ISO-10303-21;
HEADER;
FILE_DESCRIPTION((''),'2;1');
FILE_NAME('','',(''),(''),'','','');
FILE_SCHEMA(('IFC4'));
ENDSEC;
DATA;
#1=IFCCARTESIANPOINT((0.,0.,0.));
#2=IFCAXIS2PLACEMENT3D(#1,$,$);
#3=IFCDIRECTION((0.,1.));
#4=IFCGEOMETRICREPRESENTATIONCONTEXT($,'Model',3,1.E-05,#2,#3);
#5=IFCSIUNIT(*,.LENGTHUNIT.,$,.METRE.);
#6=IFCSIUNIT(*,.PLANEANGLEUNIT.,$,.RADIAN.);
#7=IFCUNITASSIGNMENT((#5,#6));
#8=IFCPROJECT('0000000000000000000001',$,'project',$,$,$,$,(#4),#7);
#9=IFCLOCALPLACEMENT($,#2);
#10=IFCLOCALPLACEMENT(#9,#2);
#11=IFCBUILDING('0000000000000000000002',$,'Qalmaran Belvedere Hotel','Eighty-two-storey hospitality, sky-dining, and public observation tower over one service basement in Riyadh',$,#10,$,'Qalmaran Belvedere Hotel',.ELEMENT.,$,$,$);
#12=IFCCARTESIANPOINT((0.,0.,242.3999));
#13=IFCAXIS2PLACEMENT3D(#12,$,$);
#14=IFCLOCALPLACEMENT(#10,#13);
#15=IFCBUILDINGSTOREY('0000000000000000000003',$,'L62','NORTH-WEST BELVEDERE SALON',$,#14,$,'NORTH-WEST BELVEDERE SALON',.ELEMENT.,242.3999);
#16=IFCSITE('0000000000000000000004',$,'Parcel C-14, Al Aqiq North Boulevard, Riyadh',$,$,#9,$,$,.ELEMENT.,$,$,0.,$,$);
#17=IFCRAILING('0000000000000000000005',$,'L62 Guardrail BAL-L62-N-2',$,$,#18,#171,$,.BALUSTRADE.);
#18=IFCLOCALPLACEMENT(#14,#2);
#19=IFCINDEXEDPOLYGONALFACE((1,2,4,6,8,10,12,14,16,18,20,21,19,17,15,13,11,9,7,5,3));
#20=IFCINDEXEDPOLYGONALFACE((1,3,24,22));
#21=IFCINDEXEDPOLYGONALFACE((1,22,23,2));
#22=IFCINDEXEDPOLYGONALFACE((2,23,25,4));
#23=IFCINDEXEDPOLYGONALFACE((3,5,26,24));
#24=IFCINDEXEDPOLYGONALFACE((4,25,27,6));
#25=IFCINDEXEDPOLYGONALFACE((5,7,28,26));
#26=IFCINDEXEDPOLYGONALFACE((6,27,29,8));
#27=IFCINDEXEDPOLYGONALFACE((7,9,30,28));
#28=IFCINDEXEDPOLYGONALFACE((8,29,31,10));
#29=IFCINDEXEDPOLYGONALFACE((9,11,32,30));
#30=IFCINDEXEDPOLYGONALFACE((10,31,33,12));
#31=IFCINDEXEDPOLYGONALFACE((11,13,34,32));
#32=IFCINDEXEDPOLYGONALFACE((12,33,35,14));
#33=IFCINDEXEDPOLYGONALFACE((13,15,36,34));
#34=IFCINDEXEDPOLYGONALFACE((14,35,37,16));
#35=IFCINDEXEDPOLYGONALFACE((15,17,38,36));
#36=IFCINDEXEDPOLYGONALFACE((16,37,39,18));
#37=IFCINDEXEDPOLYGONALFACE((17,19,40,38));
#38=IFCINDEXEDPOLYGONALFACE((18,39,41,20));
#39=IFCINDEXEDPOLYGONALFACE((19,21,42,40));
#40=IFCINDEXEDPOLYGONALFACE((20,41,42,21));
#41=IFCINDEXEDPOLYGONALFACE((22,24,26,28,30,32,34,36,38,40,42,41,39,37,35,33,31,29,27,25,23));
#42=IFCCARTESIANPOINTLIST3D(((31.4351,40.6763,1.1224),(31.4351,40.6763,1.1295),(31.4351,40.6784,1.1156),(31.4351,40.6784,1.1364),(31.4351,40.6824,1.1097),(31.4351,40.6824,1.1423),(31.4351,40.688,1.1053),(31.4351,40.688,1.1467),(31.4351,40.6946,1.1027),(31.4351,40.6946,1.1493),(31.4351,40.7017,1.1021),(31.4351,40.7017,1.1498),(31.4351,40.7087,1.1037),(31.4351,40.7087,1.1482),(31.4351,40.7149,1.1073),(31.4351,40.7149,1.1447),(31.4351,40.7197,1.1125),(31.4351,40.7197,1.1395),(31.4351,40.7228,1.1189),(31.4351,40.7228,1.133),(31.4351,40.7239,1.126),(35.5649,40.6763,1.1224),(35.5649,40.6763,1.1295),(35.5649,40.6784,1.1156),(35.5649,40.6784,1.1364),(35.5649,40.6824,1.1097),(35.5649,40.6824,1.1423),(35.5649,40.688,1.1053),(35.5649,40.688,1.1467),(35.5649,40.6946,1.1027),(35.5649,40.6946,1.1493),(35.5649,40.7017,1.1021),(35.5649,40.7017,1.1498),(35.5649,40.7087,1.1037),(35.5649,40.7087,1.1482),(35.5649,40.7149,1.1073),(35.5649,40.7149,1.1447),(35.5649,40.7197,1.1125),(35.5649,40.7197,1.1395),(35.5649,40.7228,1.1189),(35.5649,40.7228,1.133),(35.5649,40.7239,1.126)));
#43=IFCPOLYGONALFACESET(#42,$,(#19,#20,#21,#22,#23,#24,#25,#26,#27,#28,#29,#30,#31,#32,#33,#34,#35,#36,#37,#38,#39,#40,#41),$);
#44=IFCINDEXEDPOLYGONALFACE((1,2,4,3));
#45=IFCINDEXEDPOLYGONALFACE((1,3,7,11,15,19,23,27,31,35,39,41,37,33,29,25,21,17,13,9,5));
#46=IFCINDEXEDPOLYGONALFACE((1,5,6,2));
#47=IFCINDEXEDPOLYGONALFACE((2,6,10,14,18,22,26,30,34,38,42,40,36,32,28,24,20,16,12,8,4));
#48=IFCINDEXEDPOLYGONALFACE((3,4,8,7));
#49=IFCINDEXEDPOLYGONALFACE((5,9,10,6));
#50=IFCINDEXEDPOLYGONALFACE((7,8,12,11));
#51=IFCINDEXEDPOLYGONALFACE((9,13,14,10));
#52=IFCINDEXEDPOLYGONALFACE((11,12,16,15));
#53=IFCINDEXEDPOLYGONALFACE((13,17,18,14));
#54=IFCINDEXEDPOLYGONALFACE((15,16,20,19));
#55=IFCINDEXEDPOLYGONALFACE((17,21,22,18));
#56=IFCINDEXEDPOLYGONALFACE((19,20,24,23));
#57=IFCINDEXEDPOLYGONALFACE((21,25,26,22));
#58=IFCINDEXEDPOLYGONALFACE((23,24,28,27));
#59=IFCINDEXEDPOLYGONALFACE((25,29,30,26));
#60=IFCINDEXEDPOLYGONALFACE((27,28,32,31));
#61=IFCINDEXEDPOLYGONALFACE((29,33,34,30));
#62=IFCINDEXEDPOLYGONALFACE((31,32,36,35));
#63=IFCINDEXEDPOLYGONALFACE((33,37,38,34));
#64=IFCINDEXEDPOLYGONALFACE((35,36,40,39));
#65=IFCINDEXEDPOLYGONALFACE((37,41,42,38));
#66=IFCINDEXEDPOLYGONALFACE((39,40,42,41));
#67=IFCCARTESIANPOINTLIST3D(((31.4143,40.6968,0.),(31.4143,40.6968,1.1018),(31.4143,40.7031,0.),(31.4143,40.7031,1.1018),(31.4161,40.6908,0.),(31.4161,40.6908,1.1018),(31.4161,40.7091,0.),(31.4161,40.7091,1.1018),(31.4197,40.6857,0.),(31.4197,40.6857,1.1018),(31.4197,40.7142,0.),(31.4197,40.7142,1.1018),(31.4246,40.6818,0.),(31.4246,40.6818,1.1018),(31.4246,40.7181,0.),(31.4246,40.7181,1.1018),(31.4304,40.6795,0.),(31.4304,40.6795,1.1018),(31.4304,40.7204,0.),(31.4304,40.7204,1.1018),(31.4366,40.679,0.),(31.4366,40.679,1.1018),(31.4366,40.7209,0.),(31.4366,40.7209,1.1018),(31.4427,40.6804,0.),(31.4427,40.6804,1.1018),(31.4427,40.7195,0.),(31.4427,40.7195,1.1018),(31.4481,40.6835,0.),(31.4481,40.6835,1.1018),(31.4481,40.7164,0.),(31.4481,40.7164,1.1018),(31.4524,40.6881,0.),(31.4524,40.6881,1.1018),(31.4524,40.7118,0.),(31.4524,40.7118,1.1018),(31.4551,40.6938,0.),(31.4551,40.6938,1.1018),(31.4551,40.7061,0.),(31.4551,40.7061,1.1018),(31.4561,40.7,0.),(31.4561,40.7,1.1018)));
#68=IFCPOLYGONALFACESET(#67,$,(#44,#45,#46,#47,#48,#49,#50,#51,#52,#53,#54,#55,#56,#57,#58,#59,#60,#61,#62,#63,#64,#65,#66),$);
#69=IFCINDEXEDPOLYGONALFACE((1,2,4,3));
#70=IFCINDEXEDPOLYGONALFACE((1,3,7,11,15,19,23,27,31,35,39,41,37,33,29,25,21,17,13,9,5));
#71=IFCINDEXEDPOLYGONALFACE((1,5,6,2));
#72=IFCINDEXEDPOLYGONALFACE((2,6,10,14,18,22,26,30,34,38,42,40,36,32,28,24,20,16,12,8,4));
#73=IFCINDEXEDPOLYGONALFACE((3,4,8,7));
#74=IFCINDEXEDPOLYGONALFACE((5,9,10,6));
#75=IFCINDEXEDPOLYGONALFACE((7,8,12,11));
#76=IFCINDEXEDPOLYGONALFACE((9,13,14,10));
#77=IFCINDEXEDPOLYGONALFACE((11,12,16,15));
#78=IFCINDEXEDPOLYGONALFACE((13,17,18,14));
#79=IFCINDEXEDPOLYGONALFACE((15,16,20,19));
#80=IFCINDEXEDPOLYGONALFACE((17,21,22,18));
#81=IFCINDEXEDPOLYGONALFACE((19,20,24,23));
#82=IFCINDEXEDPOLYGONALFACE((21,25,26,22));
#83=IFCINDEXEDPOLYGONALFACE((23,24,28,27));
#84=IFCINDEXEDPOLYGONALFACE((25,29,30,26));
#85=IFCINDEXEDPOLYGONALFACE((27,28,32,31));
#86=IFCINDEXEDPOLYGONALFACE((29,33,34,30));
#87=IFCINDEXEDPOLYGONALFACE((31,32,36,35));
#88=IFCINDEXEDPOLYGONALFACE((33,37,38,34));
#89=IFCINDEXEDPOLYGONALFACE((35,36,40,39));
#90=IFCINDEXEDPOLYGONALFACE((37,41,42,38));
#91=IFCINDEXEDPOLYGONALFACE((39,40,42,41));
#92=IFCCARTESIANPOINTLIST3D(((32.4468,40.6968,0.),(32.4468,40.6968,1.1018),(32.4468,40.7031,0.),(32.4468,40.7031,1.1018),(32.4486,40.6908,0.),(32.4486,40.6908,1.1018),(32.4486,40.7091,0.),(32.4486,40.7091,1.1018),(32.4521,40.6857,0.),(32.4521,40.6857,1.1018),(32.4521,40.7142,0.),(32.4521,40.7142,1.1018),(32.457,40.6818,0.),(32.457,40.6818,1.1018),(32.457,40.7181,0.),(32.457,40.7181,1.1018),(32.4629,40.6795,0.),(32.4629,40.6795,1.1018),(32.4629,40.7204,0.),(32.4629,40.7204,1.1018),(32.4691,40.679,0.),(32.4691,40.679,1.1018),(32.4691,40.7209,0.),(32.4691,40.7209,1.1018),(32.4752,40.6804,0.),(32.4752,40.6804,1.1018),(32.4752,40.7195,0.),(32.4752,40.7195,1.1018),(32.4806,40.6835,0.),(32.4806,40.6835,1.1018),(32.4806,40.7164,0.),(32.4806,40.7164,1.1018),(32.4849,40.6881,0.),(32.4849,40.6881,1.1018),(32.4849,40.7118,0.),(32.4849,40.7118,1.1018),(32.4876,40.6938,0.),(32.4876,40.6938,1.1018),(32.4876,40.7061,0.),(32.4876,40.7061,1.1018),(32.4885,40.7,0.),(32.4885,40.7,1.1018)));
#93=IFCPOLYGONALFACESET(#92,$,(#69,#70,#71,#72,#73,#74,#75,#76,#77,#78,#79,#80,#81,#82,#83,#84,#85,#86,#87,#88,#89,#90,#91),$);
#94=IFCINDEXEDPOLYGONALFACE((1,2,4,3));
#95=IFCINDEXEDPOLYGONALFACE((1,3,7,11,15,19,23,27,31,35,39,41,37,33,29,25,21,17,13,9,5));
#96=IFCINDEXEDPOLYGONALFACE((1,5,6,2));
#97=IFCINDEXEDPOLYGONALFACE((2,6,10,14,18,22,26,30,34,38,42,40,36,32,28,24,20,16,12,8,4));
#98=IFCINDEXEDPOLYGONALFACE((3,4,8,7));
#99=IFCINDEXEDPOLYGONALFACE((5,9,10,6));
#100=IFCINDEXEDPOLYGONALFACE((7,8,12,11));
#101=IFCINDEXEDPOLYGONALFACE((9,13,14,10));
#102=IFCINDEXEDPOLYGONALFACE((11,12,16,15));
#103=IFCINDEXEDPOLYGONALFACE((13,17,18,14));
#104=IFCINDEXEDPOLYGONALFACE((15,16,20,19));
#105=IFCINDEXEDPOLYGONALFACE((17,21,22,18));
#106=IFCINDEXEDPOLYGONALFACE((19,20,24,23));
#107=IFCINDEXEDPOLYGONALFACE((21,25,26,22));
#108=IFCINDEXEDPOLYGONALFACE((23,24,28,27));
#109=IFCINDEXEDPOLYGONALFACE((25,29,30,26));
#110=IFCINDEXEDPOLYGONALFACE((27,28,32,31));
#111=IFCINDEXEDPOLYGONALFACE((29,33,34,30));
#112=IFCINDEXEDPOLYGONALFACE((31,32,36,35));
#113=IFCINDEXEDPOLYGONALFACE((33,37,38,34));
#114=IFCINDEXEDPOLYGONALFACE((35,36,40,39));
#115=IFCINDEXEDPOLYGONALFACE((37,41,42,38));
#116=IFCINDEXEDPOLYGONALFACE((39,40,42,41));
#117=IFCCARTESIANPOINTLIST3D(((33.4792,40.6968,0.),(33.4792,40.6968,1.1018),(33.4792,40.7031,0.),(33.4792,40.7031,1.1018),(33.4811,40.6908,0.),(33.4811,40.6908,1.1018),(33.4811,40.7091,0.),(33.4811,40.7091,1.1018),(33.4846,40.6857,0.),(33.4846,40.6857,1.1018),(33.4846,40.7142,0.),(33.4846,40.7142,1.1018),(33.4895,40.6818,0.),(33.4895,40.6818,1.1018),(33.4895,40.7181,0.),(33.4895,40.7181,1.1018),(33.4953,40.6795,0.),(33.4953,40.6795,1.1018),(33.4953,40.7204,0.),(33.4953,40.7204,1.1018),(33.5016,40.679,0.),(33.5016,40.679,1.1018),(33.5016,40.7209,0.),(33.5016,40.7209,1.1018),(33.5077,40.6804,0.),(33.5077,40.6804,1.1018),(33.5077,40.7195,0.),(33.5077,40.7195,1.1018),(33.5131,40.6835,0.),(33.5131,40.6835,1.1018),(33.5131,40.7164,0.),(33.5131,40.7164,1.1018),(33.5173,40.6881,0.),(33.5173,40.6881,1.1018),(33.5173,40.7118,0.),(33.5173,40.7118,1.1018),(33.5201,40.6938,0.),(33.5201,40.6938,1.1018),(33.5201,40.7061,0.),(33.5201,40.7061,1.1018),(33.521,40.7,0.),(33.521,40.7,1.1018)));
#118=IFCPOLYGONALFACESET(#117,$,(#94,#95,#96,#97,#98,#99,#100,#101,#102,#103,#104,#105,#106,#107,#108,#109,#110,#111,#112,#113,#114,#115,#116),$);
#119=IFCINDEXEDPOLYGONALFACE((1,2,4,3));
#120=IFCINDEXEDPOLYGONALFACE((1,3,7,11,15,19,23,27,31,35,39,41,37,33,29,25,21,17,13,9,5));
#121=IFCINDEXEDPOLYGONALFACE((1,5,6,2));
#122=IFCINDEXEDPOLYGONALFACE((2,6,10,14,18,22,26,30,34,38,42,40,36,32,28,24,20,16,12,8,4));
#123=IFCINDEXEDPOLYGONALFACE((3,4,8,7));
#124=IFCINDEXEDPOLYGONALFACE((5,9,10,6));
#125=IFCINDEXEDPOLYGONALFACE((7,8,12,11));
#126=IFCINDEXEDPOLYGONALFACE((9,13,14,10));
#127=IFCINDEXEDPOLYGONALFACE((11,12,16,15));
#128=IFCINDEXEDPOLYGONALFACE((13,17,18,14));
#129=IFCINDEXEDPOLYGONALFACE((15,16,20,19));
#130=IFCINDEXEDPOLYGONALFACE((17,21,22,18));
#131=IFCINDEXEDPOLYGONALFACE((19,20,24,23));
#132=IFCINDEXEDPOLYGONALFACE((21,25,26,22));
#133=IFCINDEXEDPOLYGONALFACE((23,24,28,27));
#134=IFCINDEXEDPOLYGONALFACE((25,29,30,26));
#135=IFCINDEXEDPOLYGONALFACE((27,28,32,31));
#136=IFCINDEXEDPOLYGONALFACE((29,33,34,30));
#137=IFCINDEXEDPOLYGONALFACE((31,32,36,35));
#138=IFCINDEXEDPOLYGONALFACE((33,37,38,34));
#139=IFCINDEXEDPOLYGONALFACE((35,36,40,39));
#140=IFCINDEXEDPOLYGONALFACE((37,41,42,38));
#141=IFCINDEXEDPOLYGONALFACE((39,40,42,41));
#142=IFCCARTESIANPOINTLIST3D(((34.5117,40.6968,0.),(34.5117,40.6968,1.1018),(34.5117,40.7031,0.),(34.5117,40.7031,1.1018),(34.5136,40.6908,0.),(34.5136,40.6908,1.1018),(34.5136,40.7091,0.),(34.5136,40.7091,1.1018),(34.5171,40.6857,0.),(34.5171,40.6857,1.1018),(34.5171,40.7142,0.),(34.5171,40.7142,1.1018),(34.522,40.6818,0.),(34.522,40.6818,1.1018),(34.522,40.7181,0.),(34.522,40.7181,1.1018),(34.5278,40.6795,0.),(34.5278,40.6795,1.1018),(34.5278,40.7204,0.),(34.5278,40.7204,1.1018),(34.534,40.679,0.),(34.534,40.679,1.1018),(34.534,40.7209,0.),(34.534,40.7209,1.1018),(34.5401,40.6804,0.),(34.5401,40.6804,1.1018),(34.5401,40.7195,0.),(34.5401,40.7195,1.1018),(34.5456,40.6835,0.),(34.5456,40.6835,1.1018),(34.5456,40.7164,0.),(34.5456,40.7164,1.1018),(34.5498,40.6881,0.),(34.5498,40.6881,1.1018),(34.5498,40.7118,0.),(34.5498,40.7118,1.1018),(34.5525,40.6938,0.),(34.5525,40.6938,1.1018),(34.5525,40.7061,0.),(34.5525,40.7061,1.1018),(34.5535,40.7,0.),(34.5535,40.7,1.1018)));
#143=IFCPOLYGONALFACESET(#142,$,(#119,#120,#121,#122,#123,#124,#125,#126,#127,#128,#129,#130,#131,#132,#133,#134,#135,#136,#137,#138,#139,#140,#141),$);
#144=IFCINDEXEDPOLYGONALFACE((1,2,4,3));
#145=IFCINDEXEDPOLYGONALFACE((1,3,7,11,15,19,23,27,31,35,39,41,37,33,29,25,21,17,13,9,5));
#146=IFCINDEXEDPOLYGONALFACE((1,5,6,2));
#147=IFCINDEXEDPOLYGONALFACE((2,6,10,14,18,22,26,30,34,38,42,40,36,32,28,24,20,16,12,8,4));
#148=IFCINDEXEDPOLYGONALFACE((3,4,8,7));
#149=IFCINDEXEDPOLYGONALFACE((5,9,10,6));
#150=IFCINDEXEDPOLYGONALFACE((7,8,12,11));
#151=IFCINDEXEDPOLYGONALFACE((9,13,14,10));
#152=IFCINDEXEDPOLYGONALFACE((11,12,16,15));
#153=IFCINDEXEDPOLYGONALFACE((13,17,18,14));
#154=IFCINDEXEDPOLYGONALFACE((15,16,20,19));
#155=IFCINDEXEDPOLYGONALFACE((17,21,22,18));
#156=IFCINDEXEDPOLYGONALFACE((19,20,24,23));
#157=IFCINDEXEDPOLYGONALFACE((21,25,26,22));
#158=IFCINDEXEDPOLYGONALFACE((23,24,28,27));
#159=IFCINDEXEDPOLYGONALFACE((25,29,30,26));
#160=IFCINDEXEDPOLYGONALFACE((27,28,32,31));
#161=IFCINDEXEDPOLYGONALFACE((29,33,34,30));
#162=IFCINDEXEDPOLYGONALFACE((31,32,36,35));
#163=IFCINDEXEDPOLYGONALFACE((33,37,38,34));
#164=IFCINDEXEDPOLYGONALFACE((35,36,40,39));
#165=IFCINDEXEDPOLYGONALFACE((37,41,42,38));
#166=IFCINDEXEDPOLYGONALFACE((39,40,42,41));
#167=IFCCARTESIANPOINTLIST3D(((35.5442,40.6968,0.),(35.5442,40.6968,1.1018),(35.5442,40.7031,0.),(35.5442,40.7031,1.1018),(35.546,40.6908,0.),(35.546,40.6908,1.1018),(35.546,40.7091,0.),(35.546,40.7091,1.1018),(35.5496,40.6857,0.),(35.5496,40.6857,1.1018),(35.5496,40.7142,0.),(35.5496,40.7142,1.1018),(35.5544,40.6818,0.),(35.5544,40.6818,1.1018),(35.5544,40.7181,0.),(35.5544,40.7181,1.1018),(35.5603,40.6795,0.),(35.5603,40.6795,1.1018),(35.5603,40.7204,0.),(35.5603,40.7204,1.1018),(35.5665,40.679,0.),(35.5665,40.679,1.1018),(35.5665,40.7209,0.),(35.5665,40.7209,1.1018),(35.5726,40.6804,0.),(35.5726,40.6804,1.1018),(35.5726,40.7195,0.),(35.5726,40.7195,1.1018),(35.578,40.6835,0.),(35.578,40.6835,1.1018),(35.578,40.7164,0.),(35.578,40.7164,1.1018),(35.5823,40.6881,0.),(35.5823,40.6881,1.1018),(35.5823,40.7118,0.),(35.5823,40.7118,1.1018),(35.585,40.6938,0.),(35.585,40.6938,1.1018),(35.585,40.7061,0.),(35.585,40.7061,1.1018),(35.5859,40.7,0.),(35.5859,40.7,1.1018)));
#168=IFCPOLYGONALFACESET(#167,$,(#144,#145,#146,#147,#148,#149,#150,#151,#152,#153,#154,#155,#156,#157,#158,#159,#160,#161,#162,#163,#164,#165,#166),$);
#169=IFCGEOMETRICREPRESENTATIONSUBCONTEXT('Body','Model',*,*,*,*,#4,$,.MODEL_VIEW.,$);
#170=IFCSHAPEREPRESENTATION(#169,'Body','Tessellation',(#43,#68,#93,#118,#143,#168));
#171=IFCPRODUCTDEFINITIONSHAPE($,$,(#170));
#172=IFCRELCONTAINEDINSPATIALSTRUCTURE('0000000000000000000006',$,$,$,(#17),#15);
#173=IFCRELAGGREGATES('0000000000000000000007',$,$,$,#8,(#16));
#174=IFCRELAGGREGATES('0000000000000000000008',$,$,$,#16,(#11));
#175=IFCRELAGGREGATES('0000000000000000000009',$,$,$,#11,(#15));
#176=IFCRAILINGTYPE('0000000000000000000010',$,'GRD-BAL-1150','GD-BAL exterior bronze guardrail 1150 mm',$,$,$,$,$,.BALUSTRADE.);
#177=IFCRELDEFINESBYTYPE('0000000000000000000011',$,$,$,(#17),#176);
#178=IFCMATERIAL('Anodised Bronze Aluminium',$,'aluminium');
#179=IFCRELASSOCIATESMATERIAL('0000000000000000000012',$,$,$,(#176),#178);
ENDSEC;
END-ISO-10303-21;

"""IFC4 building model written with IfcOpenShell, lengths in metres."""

from ifc_helpers import new_model, si_unit, direction, frame, origin, origin_2d, place, context, subcontext, project, spatial, circle, extrude, material, type_object, element, save


model = new_model("IFC4")

# Units and contexts
model_context = context("Model", 3, precision=1e-05, world=origin(), true_north=direction((0.0, 1.0)))
body_context = subcontext(model_context, "Body", "Model", "MODEL_VIEW")
ifc_project = project(units=[si_unit("LENGTHUNIT", "METRE"), si_unit("PLANEANGLEUNIT", "RADIAN")], contexts=[model_context])

# Site, building, storey
site_placement = place(None, origin())
site = spatial("IfcSite", under=ifc_project, at=site_placement, Name="Parcel C-14, Al Aqiq North Boulevard, Riyadh", CompositionType="ELEMENT", RefElevation=0.0)
building_placement = place(site_placement, origin())
building = spatial("IfcBuilding", under=site, at=building_placement, Name="Qalmaran Belvedere Hotel", Description="Eighty-two-storey hospitality, sky-dining, and public observation tower over one service basement in Riyadh", LongName="Qalmaran Belvedere Hotel", CompositionType="ELEMENT")
storey_placement = place(building_placement, frame((0.0, 0.0, 242.3999)))
storey = spatial("IfcBuildingStorey", under=building, at=storey_placement, Name="L62", Description="NORTH-WEST BELVEDERE SALON", LongName="NORTH-WEST BELVEDERE SALON", CompositionType="ELEMENT", Elevation=242.3999)

# Shared definitions
ifc_material_1 = material(Name="Anodised Bronze Aluminium", Category="aluminium")

# Railing
railing_type = type_object("IfcRailingType", Name="GRD-BAL-1150", Description="GD-BAL exterior bronze guardrail 1150 mm", PredefinedType="BALUSTRADE", material=ifc_material_1)
railing_1_placement = place(storey_placement, frame((31.4351, 40.7, 0.0)))
element("IfcRailing", 1, at=railing_1_placement, inside=storey, type_object=railing_type, Name="L62 Guardrail BAL-L62-N-2", PredefinedType="BALUSTRADE", context=body_context, shape_type="SweptSolid", body=[
    extrude(circle(Radius=0.0239, at=origin_2d()), frame((0.0, 0.0, 1.126), z_axis=(1.0, 0.0, 0.0), x_axis=(0.0, 1.0, 0.0)), (0.0, 0.0, 1.0), 4.1299),
    extrude(circle(Radius=0.021, at=origin_2d()), origin(), (0.0, 0.0, 1.0), 1.1018),
    extrude(circle(Radius=0.021, at=origin_2d()), frame((1.0325, 0.0, 0.0)), (0.0, 0.0, 1.0), 1.1018),
    extrude(circle(Radius=0.021, at=origin_2d()), frame((2.0649, 0.0, 0.0)), (0.0, 0.0, 1.0), 1.1018),
    extrude(circle(Radius=0.021, at=origin_2d()), frame((3.0974, 0.0, 0.0)), (0.0, 0.0, 1.0), 1.1018),
    extrude(circle(Radius=0.021, at=origin_2d()), frame((4.1299, 0.0, 0.0)), (0.0, 0.0, 1.0), 1.1018),
])

save(model, "model.ifc")
